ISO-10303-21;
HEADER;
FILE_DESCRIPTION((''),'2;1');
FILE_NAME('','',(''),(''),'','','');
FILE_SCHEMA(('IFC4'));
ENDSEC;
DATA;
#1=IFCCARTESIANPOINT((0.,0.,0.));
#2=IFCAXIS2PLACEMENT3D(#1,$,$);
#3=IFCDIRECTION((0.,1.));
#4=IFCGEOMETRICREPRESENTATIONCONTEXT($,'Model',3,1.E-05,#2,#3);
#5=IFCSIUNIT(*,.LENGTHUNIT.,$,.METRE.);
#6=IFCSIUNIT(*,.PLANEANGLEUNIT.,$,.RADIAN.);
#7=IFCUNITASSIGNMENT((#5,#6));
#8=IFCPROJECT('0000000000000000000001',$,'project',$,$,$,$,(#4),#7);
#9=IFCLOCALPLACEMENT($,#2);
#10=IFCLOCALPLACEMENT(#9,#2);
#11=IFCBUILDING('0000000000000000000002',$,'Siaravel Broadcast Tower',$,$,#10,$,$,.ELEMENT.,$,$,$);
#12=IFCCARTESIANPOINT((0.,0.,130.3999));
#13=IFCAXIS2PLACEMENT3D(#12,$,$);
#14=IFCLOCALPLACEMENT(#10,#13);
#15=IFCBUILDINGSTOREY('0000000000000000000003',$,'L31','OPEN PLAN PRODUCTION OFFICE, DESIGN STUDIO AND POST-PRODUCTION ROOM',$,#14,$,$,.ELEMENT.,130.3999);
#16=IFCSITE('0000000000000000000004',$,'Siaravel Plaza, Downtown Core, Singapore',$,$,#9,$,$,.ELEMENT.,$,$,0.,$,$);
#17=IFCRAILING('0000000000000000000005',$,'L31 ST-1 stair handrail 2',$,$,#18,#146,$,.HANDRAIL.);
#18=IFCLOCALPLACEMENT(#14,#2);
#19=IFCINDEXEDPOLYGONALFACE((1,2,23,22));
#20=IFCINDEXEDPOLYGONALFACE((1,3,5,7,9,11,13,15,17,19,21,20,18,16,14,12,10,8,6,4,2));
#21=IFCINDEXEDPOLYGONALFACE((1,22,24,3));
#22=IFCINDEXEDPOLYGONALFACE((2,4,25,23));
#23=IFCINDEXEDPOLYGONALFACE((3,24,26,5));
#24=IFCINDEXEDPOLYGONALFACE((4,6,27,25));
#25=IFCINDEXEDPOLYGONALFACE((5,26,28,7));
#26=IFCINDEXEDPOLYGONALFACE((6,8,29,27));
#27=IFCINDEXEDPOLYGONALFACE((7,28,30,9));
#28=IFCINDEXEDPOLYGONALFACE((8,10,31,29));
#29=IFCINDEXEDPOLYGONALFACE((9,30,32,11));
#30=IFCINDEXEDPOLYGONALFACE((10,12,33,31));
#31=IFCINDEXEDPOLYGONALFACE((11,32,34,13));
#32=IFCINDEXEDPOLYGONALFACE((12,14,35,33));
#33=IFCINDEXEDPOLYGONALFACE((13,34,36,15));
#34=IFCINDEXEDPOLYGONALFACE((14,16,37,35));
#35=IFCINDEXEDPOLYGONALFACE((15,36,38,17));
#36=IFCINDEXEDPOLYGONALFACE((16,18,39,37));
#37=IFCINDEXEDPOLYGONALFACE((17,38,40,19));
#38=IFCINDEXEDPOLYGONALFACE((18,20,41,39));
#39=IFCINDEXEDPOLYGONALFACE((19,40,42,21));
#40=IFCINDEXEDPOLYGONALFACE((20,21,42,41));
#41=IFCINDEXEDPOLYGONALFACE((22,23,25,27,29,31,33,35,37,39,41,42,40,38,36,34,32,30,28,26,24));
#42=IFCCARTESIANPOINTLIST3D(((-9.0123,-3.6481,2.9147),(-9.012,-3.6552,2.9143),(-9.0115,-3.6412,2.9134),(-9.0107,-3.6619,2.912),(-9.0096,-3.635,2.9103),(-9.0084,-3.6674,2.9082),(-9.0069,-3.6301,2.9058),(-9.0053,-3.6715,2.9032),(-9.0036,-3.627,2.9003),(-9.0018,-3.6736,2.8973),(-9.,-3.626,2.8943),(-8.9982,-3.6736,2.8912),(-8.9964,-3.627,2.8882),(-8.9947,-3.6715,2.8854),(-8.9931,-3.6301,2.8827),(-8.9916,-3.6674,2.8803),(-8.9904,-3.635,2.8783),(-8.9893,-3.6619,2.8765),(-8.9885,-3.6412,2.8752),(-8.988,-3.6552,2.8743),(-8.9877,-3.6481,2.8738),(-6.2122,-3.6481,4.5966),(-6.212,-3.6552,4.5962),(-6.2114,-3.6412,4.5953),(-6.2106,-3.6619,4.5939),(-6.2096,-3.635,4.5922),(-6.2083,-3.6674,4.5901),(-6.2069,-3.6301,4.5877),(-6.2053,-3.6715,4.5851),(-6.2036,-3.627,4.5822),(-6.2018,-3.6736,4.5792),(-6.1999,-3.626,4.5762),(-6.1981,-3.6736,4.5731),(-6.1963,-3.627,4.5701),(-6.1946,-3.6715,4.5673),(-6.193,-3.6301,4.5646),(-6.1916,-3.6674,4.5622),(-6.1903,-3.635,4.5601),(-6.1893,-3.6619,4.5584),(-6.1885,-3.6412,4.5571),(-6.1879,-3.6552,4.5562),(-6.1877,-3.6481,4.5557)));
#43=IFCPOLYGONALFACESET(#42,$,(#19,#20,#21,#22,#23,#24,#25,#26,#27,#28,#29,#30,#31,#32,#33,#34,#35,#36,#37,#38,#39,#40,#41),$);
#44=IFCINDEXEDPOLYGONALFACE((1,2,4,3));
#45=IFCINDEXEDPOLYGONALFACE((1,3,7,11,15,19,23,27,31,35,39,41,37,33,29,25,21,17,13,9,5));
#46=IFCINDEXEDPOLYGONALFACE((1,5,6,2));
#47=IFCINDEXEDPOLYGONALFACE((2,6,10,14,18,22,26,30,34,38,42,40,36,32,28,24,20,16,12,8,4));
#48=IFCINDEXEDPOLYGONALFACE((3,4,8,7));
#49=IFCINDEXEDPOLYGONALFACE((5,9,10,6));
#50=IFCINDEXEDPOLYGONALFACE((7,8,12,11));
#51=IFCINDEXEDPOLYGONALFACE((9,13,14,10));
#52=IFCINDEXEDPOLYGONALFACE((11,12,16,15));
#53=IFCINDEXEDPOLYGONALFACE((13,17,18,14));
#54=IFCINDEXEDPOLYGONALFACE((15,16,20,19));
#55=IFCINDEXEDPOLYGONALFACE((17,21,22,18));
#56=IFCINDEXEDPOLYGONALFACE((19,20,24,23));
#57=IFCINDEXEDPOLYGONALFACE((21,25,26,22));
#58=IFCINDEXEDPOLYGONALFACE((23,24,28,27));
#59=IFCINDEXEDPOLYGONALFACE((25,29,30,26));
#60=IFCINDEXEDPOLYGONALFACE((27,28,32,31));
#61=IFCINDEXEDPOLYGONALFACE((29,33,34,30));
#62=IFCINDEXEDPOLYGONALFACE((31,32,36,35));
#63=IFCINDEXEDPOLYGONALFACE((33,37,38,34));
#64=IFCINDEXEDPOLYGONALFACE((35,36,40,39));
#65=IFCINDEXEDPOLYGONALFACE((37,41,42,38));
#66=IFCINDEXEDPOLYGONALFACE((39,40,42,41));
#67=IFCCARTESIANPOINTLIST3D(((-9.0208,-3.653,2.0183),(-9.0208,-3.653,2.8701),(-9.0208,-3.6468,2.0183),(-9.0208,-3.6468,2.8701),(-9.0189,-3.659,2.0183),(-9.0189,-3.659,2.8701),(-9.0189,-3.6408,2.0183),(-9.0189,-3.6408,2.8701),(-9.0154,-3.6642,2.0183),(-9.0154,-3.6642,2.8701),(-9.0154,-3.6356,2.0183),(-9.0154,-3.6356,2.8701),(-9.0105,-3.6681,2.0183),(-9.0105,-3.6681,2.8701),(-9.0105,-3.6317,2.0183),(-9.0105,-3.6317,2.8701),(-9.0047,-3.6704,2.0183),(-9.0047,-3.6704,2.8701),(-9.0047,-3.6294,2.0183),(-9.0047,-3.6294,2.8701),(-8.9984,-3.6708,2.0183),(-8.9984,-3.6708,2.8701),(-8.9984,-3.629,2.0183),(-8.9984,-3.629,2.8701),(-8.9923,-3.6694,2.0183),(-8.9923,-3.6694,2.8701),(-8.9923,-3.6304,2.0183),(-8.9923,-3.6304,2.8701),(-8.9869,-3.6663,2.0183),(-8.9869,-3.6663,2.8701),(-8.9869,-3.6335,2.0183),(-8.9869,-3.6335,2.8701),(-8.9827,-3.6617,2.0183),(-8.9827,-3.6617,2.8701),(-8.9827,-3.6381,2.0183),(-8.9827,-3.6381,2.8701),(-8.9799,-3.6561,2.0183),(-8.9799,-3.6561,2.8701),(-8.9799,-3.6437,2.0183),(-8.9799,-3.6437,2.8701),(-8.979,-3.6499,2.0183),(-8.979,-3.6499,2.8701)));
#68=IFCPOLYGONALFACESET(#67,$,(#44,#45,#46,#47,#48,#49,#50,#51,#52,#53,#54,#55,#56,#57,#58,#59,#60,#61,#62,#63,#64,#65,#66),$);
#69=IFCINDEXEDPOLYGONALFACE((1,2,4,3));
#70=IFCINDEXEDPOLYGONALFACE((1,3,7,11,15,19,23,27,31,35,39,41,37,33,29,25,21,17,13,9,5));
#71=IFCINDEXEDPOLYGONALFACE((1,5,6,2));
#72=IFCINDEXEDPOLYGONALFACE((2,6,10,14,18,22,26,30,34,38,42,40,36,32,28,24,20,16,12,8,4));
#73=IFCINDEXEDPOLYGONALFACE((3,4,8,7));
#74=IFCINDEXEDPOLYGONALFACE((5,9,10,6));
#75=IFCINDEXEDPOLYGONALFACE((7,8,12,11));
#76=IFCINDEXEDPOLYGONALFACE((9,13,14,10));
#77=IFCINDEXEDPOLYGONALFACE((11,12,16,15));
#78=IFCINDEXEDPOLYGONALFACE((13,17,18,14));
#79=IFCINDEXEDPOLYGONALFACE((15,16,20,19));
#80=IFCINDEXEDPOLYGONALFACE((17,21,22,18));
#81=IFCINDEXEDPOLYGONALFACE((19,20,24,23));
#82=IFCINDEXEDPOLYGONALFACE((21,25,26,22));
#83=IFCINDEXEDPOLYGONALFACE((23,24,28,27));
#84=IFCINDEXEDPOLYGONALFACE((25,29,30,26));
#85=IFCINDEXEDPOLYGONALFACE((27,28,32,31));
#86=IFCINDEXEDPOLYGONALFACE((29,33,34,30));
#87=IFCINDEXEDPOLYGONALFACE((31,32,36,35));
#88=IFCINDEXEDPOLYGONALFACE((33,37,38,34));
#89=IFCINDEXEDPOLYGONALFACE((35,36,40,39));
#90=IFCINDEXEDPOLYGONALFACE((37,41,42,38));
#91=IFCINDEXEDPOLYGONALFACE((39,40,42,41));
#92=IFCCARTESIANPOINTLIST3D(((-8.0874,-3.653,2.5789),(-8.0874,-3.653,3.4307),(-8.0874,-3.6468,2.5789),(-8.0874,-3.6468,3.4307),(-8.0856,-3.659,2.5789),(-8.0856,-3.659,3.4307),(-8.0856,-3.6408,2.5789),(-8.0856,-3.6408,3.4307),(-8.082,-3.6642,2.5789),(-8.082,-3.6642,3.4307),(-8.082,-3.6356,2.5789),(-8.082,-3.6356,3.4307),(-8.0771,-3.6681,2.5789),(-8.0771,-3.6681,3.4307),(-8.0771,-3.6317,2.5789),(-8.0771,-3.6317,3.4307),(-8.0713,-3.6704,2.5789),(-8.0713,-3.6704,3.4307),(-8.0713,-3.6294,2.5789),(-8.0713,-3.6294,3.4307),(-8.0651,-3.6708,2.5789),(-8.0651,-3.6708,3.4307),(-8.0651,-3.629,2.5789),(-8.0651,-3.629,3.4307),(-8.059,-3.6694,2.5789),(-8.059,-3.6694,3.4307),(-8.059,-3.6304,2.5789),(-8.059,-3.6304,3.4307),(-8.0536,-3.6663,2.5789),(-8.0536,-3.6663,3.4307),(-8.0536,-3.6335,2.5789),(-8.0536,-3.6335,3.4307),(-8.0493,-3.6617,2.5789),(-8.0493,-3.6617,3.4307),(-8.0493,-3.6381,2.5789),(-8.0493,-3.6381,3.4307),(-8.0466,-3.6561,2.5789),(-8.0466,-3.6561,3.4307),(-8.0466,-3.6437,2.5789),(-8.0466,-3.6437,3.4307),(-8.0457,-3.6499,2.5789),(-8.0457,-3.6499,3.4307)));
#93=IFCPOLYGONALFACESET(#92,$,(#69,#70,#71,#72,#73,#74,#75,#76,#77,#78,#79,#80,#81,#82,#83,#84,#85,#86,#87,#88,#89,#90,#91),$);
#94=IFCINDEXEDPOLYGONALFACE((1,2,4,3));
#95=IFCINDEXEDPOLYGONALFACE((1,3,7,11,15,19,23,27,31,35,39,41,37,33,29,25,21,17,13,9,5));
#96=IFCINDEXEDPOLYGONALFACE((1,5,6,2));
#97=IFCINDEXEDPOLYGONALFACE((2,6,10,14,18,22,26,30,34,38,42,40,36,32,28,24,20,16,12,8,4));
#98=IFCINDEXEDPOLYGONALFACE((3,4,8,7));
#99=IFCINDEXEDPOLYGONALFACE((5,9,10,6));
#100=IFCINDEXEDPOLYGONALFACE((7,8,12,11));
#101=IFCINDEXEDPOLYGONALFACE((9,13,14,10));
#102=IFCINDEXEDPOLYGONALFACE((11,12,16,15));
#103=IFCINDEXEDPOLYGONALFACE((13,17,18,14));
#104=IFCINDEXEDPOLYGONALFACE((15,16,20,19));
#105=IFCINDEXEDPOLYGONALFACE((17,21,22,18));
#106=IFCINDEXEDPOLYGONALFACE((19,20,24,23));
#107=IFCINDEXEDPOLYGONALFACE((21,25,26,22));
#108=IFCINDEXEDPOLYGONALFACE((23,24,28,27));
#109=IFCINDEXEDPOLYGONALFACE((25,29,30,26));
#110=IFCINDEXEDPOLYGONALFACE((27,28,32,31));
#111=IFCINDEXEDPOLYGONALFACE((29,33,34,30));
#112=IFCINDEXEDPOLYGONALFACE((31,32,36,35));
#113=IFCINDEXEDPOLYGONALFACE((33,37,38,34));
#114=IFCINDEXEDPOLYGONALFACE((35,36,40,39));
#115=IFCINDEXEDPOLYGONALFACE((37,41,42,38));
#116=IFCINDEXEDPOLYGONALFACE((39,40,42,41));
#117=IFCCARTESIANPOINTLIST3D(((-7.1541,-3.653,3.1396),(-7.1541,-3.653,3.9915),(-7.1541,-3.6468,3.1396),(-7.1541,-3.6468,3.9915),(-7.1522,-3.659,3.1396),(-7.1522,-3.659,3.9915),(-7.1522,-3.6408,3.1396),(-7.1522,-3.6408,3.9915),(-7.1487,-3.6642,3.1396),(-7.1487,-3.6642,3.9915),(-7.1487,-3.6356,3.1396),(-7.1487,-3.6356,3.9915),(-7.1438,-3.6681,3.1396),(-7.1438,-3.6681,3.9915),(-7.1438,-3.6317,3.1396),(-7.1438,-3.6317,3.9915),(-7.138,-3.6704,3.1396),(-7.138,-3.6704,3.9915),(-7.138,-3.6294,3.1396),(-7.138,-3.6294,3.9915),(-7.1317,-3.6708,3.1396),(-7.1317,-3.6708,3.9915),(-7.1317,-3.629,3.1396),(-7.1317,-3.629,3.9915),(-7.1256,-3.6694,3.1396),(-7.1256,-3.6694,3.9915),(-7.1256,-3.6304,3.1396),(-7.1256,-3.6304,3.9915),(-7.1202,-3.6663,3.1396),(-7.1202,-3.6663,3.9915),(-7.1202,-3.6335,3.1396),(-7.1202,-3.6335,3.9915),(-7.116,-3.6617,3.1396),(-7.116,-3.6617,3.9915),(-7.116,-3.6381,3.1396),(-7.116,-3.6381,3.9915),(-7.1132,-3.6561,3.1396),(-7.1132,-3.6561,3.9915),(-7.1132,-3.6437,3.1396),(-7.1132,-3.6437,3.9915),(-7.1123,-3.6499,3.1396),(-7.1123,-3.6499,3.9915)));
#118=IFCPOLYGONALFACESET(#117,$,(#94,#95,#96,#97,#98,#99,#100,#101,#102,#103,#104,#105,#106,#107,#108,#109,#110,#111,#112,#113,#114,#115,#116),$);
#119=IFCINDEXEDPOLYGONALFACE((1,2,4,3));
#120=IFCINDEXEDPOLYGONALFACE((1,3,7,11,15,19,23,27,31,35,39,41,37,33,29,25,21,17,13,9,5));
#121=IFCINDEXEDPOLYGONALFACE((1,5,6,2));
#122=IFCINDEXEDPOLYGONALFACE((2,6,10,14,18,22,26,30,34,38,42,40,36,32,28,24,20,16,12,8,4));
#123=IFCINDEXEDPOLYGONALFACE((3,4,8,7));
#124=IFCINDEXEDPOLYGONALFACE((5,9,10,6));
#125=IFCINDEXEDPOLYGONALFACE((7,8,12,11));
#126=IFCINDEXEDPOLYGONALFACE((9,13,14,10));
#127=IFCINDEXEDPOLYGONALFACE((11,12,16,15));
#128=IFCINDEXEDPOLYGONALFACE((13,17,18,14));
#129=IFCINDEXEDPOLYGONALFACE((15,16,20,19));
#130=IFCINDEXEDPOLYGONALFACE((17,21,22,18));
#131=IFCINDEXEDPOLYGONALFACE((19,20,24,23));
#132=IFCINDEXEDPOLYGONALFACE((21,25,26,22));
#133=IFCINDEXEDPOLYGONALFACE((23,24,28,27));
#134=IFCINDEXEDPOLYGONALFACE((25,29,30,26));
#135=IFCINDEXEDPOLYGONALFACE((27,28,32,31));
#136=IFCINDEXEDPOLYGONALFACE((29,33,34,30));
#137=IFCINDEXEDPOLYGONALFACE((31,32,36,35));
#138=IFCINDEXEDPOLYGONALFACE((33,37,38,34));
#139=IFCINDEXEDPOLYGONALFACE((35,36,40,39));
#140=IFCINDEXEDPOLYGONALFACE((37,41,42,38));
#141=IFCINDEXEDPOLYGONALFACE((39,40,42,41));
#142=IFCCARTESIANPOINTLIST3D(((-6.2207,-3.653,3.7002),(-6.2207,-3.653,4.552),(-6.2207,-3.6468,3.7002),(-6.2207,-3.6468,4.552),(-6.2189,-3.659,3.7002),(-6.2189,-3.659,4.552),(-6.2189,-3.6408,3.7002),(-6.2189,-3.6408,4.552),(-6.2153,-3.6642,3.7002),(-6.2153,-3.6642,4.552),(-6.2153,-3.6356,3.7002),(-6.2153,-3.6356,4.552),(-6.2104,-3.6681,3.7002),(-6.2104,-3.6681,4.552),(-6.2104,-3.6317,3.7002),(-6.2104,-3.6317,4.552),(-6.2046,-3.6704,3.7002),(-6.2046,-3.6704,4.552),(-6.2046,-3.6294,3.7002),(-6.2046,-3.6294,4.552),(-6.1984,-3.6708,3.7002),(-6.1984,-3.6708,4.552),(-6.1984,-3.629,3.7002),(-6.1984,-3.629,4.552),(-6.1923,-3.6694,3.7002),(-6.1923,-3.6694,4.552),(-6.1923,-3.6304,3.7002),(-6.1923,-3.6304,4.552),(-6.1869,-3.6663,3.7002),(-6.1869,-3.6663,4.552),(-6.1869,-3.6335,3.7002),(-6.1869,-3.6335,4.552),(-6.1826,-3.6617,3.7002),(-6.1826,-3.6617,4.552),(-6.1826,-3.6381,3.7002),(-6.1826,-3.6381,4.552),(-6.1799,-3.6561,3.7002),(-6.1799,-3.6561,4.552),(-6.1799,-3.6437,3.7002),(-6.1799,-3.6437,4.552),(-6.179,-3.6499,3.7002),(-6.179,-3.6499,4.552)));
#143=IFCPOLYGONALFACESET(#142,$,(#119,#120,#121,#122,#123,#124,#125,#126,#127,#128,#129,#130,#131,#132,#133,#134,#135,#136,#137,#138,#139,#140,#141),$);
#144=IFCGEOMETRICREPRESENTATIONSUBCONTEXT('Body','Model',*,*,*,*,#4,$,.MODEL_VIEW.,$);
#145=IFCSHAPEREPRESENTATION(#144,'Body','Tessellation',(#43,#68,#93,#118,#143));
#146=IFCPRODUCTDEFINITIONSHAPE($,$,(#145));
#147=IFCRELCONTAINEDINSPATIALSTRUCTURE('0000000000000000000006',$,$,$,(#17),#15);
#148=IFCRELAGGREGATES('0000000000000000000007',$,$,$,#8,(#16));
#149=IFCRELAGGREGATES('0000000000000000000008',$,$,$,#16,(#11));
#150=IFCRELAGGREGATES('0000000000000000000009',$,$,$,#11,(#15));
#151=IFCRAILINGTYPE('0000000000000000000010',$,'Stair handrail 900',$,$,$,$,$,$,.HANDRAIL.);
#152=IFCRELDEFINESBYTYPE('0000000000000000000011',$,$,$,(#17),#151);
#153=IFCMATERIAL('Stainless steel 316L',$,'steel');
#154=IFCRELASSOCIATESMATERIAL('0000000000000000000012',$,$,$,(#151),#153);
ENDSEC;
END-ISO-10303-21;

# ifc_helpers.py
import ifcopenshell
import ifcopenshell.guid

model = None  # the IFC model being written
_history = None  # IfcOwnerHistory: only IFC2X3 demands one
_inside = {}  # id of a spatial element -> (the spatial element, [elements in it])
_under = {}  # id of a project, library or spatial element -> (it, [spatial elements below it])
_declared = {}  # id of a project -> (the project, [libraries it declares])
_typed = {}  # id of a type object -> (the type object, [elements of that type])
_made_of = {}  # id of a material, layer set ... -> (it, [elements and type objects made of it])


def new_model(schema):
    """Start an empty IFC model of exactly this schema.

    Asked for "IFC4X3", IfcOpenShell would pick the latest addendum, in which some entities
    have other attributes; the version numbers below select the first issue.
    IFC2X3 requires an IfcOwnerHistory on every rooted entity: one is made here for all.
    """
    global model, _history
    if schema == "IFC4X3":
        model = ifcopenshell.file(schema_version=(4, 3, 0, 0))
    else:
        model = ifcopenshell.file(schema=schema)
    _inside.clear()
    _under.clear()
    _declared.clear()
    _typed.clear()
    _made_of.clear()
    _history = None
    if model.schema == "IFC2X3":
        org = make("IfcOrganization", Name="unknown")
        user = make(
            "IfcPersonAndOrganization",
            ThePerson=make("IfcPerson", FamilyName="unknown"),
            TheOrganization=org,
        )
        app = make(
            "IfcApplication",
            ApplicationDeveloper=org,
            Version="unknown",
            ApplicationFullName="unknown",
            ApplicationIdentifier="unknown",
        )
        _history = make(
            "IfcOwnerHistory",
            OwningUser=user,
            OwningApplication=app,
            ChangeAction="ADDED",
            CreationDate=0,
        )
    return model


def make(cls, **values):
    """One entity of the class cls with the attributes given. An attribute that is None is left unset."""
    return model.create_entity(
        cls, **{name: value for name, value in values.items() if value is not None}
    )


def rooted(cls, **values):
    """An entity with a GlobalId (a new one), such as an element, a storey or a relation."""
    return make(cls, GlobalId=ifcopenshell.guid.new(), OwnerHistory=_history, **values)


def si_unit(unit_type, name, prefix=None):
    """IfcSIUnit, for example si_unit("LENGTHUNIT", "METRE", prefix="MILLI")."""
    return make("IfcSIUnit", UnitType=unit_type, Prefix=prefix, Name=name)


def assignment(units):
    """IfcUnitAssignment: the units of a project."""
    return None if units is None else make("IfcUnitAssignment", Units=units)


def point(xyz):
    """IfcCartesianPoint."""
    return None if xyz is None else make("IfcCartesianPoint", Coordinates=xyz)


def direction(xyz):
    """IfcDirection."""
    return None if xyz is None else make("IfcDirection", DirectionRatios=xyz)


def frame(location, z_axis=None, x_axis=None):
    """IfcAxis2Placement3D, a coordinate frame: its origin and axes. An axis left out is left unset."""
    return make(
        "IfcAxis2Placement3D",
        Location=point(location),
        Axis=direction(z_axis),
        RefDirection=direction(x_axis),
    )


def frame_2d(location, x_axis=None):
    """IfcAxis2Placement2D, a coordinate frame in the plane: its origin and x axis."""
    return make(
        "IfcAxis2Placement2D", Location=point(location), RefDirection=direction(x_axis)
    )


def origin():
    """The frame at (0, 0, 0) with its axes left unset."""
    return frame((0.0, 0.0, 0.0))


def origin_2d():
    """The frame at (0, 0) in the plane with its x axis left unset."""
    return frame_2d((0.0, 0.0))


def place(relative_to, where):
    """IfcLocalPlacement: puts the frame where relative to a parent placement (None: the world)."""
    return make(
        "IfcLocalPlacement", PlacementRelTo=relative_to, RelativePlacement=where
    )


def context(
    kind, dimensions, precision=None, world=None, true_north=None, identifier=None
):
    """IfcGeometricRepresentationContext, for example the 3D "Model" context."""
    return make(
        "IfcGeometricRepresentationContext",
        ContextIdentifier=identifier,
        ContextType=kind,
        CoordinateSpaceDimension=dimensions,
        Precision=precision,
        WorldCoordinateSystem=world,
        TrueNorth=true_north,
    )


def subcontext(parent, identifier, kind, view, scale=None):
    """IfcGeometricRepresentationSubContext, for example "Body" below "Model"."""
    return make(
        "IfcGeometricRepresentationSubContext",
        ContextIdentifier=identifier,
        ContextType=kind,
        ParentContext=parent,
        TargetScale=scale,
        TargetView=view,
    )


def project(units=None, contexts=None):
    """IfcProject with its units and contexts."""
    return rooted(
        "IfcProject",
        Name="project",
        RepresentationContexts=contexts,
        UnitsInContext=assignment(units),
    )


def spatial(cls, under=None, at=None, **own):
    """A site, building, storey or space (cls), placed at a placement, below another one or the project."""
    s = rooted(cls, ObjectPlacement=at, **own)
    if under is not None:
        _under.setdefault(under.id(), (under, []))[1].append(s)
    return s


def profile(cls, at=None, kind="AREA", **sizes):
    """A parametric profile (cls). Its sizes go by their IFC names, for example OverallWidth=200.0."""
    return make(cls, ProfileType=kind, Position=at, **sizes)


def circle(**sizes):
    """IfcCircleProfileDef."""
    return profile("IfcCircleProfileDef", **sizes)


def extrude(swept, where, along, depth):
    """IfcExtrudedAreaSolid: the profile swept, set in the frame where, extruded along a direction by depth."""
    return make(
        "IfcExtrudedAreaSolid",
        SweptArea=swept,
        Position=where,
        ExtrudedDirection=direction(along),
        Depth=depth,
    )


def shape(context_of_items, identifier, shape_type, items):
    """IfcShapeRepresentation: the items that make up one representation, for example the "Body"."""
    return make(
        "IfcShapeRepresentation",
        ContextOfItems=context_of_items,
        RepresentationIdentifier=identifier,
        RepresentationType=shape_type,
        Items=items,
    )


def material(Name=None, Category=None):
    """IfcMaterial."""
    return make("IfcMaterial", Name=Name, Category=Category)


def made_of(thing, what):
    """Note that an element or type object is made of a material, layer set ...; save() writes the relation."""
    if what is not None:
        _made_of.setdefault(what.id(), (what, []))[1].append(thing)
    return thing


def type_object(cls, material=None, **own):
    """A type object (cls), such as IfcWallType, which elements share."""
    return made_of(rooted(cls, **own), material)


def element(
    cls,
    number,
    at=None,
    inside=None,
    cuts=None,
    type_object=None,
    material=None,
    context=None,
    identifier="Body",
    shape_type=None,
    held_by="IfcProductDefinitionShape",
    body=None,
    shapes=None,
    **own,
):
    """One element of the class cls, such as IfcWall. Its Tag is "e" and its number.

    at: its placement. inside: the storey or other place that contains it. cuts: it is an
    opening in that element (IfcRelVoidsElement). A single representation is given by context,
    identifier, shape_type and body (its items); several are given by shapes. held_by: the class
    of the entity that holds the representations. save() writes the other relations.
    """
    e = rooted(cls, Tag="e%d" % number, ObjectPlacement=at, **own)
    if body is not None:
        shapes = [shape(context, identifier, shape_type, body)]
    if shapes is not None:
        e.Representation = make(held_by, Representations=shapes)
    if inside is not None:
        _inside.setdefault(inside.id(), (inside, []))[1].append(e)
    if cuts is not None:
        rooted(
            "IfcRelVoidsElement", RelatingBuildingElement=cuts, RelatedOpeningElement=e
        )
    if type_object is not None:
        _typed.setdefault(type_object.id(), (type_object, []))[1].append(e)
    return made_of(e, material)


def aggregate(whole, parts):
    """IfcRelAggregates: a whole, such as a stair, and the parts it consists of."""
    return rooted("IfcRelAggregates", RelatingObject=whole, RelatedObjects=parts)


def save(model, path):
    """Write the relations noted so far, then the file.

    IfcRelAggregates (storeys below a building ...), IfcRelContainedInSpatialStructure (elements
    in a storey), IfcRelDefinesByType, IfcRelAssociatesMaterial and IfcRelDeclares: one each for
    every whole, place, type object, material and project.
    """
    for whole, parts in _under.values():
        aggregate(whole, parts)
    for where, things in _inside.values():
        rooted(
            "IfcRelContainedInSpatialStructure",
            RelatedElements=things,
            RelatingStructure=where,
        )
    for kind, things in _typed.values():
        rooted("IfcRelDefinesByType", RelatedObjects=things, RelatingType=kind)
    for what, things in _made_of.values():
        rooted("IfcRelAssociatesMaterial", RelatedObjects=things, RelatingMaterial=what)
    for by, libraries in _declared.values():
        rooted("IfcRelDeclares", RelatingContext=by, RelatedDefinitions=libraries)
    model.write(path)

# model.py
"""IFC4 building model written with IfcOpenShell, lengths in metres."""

from ifc_helpers import new_model, si_unit, direction, frame, origin, origin_2d, place, context, subcontext, project, spatial, circle, extrude, material, type_object, element, save


model = new_model("IFC4")

# Units and contexts
model_context = context("Model", 3, precision=1e-05, world=origin(), true_north=direction((0.0, 1.0)))
body_context = subcontext(model_context, "Body", "Model", "MODEL_VIEW")
ifc_project = project(units=[si_unit("LENGTHUNIT", "METRE"), si_unit("PLANEANGLEUNIT", "RADIAN")], contexts=[model_context])

# Site, building, storey
site_placement = place(None, origin())
site = spatial("IfcSite", under=ifc_project, at=site_placement, Name="Siaravel Plaza, Downtown Core, Singapore", CompositionType="ELEMENT", RefElevation=0.0)
building_placement = place(site_placement, origin())
building = spatial("IfcBuilding", under=site, at=building_placement, Name="Siaravel Broadcast Tower", CompositionType="ELEMENT")
storey_placement = place(building_placement, frame((0.0, 0.0, 130.3999)))
storey = spatial("IfcBuildingStorey", under=building, at=storey_placement, Name="L31", Description="OPEN PLAN PRODUCTION OFFICE, DESIGN STUDIO AND POST-PRODUCTION ROOM", CompositionType="ELEMENT", Elevation=130.3999)

# Railing
ifc_material_1 = material(Name="Stainless steel 316L", Category="steel")
railing_type_1 = type_object("IfcRailingType", Name="Stair handrail 900", PredefinedType="HANDRAIL", material=ifc_material_1)
railing_1_placement = place(storey_placement, frame((-9.0, -3.6499, 2.0183)))
element("IfcRailing", 1, at=railing_1_placement, inside=storey, type_object=railing_type_1, Name="L31 ST-1 stair handrail 2", PredefinedType="HANDRAIL", context=body_context, shape_type="SweptSolid", body=[
    extrude(circle(Radius=0.0239, at=origin_2d()), frame((0.0, 0.0, 0.876), z_axis=(0.857242, 0.0, 0.514913), x_axis=(0.0, 1.0, 0.0)), (0.0, 0.0, 1.0), 3.2664),
    extrude(circle(Radius=0.021, at=origin_2d()), origin(), (0.0, 0.0, 1.0), 0.8518),
    extrude(circle(Radius=0.021, at=origin_2d()), frame((0.9333, 0.0, 0.5605)), (0.0, 0.0, 1.0), 0.8518),
    extrude(circle(Radius=0.021, at=origin_2d()), frame((1.8667, 0.0, 1.1213)), (0.0, 0.0, 1.0), 0.8518),
    extrude(circle(Radius=0.021, at=origin_2d()), frame((2.8, 0.0, 1.6819)), (0.0, 0.0, 1.0), 0.8518),
])

save(model, "model.ifc")
